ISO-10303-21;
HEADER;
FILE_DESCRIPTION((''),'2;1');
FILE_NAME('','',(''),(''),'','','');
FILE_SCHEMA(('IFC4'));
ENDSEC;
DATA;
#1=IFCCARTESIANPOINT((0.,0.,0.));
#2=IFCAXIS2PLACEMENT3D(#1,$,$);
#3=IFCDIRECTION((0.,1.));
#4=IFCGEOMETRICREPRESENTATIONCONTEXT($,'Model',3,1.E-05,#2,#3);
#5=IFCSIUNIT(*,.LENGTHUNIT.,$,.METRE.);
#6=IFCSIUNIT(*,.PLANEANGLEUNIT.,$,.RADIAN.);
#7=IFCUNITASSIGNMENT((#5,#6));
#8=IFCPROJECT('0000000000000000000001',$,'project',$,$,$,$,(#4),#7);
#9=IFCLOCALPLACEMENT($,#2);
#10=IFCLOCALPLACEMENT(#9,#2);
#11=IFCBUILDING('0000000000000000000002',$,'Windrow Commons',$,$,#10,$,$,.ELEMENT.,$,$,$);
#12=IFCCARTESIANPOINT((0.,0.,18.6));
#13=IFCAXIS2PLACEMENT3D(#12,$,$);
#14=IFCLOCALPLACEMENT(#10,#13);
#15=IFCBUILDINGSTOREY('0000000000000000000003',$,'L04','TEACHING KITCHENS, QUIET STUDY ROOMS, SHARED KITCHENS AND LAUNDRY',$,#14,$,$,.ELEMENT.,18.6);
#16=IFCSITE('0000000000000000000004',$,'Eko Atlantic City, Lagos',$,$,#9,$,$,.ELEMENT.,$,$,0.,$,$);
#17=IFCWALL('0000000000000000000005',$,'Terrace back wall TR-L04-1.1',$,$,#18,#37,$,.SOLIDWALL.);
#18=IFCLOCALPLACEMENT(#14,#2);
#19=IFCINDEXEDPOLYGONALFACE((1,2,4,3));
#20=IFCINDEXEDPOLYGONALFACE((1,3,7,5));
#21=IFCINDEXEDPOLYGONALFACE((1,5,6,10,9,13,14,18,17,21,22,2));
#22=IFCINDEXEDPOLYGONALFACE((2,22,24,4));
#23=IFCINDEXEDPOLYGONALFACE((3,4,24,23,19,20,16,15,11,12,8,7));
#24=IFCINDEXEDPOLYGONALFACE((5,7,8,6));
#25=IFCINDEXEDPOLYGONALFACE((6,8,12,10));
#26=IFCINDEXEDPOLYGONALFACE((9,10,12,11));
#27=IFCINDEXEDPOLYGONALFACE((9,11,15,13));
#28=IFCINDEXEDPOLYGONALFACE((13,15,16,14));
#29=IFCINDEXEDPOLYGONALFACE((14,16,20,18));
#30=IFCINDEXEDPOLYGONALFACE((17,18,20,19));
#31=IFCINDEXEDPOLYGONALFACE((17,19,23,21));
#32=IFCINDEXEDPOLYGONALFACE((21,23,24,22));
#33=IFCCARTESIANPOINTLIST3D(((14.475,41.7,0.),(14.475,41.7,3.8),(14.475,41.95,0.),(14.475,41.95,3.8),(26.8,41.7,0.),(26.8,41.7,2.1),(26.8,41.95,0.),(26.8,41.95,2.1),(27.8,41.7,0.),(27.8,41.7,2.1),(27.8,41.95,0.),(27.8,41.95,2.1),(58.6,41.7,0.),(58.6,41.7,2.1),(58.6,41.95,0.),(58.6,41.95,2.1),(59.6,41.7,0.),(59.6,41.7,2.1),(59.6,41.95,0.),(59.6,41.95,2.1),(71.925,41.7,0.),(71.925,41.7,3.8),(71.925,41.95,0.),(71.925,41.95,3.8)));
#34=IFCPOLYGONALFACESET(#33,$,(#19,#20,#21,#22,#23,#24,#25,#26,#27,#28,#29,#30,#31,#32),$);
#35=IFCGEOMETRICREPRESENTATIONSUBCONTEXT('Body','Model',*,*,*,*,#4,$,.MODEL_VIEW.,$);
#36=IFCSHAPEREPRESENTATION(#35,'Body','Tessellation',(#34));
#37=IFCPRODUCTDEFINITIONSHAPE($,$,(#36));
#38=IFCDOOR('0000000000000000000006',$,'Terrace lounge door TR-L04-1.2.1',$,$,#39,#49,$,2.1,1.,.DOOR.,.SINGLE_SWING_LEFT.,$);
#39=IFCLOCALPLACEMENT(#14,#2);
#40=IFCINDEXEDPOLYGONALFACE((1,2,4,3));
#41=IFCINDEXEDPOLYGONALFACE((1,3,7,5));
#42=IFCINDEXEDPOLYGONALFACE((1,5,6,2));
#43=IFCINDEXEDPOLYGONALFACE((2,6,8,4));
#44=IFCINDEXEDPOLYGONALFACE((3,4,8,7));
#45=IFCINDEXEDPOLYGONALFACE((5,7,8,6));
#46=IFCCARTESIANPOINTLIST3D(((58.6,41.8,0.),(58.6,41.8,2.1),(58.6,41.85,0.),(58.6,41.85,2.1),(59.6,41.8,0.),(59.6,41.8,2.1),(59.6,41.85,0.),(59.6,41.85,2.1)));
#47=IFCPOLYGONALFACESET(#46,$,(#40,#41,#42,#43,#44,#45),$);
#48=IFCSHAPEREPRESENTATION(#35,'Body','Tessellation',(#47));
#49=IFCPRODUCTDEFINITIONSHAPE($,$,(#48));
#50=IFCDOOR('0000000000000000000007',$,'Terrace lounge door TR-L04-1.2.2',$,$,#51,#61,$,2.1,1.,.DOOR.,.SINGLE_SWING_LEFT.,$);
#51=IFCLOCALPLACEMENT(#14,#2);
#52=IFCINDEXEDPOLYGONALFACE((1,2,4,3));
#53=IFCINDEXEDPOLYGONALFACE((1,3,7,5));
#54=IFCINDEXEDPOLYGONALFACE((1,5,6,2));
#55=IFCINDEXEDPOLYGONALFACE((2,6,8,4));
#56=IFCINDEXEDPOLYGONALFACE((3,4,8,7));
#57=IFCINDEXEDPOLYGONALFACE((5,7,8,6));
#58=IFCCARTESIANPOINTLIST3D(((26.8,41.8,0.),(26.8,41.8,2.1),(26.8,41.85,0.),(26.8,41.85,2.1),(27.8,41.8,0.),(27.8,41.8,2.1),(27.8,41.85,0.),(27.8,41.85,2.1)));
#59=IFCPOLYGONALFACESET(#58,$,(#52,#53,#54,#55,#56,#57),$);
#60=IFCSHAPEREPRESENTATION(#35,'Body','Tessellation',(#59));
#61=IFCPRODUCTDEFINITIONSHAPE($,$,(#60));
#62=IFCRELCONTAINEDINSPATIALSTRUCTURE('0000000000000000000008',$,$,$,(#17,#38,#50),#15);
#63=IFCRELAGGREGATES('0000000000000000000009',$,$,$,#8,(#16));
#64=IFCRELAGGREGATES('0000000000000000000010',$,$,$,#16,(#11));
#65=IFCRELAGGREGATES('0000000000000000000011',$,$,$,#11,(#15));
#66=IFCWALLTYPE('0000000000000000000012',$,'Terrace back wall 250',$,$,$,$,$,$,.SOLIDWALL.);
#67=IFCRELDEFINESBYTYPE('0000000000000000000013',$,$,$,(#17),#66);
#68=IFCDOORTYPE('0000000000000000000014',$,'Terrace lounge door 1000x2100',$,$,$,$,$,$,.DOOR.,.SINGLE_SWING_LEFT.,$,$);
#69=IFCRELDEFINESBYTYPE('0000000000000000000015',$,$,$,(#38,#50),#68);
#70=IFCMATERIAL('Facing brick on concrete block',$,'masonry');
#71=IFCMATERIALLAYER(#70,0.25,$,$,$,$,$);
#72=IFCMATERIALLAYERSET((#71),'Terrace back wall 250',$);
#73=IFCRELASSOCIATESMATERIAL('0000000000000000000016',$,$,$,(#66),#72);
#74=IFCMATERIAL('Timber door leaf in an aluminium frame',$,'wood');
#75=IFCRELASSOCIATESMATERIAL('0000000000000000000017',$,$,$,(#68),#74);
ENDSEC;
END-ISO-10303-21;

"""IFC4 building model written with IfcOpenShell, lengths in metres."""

from ifc_helpers import new_model, si_unit, direction, frame, frame_2d, origin, place, context, subcontext, project, spatial, rectangle, extrude, material, layer, layer_set, type_object, element, fill, save


model = new_model("IFC4")

# Units and contexts
model_context = context("Model", 3, precision=1e-05, world=origin(), true_north=direction((0.0, 1.0)))
body_context = subcontext(model_context, "Body", "Model", "MODEL_VIEW")
ifc_project = project(units=[si_unit("LENGTHUNIT", "METRE"), si_unit("PLANEANGLEUNIT", "RADIAN")], contexts=[model_context])

# Site, building, storey
site_placement = place(None, origin())
site = spatial("IfcSite", under=ifc_project, at=site_placement, Name="Eko Atlantic City, Lagos", CompositionType="ELEMENT", RefElevation=0.0)
building_placement = place(site_placement, origin())
building = spatial("IfcBuilding", under=site, at=building_placement, Name="Windrow Commons", CompositionType="ELEMENT")
storey_placement = place(building_placement, frame((0.0, 0.0, 18.6)))
storey = spatial("IfcBuildingStorey", under=building, at=storey_placement, Name="L04", Description="TEACHING KITCHENS, QUIET STUDY ROOMS, SHARED KITCHENS AND LAUNDRY", CompositionType="ELEMENT", Elevation=18.6)

# Wall, openings, doors
ifc_material_1 = material(Name="Facing brick on concrete block", Category="masonry")
ifc_layer_1 = layer(ifc_material_1, 0.25)
ifc_layer_set_1 = layer_set([ifc_layer_1], Name="Terrace back wall 250")
wall_type_1 = type_object("IfcWallType", Name="Terrace back wall 250", PredefinedType="SOLIDWALL", material=ifc_layer_set_1)
wall_1_placement = place(storey_placement, frame((71.925, 41.825, 0.0), z_axis=(0.0, 0.0, 1.0), x_axis=(-1.0, 0.0, 0.0)))
wall_1 = element("IfcWall", 1, at=wall_1_placement, inside=storey, type_object=wall_type_1, Name="Terrace back wall TR-L04-1.1", PredefinedType="SOLIDWALL", context=body_context, shape_type="SweptSolid", body=[
    extrude(rectangle(XDim=57.45, YDim=0.25, at=frame_2d((28.725, 0.0))), origin(), (0.0, 0.0, 1.0), 3.8),
])
opening_1_placement = place(wall_1_placement, frame((12.325, 0.0, 0.0)))
opening_1 = element("IfcOpeningElement", 2, at=opening_1_placement, cuts=wall_1, PredefinedType="OPENING", context=body_context, shape_type="SweptSolid", body=[
    extrude(rectangle(XDim=1.0, YDim=2.1, at=frame_2d((0.5, 1.05))), frame((0.0, 0.135, 0.0), z_axis=(0.0, -1.0, 0.0), x_axis=(1.0, 0.0, 0.0)), (0.0, 0.0, 1.0), 0.27),
])
opening_2_placement = place(wall_1_placement, frame((44.125, 0.0, 0.0)))
opening_2 = element("IfcOpeningElement", 3, at=opening_2_placement, cuts=wall_1, PredefinedType="OPENING", context=body_context, shape_type="SweptSolid", body=[
    extrude(rectangle(XDim=1.0, YDim=2.1, at=frame_2d((0.5, 1.05))), frame((0.0, 0.135, 0.0), z_axis=(0.0, -1.0, 0.0), x_axis=(1.0, 0.0, 0.0)), (0.0, 0.0, 1.0), 0.27),
])
ifc_material_2 = material(Name="Timber door leaf in an aluminium frame", Category="wood")
door_type = type_object("IfcDoorType", Name="Terrace lounge door 1000x2100", OperationType="SINGLE_SWING_LEFT", PredefinedType="DOOR", material=ifc_material_2)
door_1_placement = place(opening_1_placement, origin())
door_1 = element("IfcDoor", 4, at=door_1_placement, inside=storey, type_object=door_type, Name="Terrace lounge door TR-L04-1.2.1", OperationType="SINGLE_SWING_LEFT", OverallHeight=2.1, OverallWidth=1.0, PredefinedType="DOOR", context=body_context, shape_type="SweptSolid", body=[
    extrude(rectangle(XDim=1.0, YDim=2.1, at=frame_2d((0.5, 1.05))), frame((0.0, 0.025, 0.0), z_axis=(0.0, -1.0, 0.0), x_axis=(1.0, 0.0, 0.0)), (0.0, 0.0, 1.0), 0.05),
])
fill(opening_1, door_1)
door_2_placement = place(opening_2_placement, origin())
door_2 = element("IfcDoor", 5, at=door_2_placement, inside=storey, type_object=door_type, Name="Terrace lounge door TR-L04-1.2.2", OperationType="SINGLE_SWING_LEFT", OverallHeight=2.1, OverallWidth=1.0, PredefinedType="DOOR", context=body_context, shape_type="SweptSolid", body=[
    extrude(rectangle(XDim=1.0, YDim=2.1, at=frame_2d((0.5, 1.05))), frame((0.0, 0.025, 0.0), z_axis=(0.0, -1.0, 0.0), x_axis=(1.0, 0.0, 0.0)), (0.0, 0.0, 1.0), 0.05),
])
fill(opening_2, door_2)

save(model, "model.ifc")
